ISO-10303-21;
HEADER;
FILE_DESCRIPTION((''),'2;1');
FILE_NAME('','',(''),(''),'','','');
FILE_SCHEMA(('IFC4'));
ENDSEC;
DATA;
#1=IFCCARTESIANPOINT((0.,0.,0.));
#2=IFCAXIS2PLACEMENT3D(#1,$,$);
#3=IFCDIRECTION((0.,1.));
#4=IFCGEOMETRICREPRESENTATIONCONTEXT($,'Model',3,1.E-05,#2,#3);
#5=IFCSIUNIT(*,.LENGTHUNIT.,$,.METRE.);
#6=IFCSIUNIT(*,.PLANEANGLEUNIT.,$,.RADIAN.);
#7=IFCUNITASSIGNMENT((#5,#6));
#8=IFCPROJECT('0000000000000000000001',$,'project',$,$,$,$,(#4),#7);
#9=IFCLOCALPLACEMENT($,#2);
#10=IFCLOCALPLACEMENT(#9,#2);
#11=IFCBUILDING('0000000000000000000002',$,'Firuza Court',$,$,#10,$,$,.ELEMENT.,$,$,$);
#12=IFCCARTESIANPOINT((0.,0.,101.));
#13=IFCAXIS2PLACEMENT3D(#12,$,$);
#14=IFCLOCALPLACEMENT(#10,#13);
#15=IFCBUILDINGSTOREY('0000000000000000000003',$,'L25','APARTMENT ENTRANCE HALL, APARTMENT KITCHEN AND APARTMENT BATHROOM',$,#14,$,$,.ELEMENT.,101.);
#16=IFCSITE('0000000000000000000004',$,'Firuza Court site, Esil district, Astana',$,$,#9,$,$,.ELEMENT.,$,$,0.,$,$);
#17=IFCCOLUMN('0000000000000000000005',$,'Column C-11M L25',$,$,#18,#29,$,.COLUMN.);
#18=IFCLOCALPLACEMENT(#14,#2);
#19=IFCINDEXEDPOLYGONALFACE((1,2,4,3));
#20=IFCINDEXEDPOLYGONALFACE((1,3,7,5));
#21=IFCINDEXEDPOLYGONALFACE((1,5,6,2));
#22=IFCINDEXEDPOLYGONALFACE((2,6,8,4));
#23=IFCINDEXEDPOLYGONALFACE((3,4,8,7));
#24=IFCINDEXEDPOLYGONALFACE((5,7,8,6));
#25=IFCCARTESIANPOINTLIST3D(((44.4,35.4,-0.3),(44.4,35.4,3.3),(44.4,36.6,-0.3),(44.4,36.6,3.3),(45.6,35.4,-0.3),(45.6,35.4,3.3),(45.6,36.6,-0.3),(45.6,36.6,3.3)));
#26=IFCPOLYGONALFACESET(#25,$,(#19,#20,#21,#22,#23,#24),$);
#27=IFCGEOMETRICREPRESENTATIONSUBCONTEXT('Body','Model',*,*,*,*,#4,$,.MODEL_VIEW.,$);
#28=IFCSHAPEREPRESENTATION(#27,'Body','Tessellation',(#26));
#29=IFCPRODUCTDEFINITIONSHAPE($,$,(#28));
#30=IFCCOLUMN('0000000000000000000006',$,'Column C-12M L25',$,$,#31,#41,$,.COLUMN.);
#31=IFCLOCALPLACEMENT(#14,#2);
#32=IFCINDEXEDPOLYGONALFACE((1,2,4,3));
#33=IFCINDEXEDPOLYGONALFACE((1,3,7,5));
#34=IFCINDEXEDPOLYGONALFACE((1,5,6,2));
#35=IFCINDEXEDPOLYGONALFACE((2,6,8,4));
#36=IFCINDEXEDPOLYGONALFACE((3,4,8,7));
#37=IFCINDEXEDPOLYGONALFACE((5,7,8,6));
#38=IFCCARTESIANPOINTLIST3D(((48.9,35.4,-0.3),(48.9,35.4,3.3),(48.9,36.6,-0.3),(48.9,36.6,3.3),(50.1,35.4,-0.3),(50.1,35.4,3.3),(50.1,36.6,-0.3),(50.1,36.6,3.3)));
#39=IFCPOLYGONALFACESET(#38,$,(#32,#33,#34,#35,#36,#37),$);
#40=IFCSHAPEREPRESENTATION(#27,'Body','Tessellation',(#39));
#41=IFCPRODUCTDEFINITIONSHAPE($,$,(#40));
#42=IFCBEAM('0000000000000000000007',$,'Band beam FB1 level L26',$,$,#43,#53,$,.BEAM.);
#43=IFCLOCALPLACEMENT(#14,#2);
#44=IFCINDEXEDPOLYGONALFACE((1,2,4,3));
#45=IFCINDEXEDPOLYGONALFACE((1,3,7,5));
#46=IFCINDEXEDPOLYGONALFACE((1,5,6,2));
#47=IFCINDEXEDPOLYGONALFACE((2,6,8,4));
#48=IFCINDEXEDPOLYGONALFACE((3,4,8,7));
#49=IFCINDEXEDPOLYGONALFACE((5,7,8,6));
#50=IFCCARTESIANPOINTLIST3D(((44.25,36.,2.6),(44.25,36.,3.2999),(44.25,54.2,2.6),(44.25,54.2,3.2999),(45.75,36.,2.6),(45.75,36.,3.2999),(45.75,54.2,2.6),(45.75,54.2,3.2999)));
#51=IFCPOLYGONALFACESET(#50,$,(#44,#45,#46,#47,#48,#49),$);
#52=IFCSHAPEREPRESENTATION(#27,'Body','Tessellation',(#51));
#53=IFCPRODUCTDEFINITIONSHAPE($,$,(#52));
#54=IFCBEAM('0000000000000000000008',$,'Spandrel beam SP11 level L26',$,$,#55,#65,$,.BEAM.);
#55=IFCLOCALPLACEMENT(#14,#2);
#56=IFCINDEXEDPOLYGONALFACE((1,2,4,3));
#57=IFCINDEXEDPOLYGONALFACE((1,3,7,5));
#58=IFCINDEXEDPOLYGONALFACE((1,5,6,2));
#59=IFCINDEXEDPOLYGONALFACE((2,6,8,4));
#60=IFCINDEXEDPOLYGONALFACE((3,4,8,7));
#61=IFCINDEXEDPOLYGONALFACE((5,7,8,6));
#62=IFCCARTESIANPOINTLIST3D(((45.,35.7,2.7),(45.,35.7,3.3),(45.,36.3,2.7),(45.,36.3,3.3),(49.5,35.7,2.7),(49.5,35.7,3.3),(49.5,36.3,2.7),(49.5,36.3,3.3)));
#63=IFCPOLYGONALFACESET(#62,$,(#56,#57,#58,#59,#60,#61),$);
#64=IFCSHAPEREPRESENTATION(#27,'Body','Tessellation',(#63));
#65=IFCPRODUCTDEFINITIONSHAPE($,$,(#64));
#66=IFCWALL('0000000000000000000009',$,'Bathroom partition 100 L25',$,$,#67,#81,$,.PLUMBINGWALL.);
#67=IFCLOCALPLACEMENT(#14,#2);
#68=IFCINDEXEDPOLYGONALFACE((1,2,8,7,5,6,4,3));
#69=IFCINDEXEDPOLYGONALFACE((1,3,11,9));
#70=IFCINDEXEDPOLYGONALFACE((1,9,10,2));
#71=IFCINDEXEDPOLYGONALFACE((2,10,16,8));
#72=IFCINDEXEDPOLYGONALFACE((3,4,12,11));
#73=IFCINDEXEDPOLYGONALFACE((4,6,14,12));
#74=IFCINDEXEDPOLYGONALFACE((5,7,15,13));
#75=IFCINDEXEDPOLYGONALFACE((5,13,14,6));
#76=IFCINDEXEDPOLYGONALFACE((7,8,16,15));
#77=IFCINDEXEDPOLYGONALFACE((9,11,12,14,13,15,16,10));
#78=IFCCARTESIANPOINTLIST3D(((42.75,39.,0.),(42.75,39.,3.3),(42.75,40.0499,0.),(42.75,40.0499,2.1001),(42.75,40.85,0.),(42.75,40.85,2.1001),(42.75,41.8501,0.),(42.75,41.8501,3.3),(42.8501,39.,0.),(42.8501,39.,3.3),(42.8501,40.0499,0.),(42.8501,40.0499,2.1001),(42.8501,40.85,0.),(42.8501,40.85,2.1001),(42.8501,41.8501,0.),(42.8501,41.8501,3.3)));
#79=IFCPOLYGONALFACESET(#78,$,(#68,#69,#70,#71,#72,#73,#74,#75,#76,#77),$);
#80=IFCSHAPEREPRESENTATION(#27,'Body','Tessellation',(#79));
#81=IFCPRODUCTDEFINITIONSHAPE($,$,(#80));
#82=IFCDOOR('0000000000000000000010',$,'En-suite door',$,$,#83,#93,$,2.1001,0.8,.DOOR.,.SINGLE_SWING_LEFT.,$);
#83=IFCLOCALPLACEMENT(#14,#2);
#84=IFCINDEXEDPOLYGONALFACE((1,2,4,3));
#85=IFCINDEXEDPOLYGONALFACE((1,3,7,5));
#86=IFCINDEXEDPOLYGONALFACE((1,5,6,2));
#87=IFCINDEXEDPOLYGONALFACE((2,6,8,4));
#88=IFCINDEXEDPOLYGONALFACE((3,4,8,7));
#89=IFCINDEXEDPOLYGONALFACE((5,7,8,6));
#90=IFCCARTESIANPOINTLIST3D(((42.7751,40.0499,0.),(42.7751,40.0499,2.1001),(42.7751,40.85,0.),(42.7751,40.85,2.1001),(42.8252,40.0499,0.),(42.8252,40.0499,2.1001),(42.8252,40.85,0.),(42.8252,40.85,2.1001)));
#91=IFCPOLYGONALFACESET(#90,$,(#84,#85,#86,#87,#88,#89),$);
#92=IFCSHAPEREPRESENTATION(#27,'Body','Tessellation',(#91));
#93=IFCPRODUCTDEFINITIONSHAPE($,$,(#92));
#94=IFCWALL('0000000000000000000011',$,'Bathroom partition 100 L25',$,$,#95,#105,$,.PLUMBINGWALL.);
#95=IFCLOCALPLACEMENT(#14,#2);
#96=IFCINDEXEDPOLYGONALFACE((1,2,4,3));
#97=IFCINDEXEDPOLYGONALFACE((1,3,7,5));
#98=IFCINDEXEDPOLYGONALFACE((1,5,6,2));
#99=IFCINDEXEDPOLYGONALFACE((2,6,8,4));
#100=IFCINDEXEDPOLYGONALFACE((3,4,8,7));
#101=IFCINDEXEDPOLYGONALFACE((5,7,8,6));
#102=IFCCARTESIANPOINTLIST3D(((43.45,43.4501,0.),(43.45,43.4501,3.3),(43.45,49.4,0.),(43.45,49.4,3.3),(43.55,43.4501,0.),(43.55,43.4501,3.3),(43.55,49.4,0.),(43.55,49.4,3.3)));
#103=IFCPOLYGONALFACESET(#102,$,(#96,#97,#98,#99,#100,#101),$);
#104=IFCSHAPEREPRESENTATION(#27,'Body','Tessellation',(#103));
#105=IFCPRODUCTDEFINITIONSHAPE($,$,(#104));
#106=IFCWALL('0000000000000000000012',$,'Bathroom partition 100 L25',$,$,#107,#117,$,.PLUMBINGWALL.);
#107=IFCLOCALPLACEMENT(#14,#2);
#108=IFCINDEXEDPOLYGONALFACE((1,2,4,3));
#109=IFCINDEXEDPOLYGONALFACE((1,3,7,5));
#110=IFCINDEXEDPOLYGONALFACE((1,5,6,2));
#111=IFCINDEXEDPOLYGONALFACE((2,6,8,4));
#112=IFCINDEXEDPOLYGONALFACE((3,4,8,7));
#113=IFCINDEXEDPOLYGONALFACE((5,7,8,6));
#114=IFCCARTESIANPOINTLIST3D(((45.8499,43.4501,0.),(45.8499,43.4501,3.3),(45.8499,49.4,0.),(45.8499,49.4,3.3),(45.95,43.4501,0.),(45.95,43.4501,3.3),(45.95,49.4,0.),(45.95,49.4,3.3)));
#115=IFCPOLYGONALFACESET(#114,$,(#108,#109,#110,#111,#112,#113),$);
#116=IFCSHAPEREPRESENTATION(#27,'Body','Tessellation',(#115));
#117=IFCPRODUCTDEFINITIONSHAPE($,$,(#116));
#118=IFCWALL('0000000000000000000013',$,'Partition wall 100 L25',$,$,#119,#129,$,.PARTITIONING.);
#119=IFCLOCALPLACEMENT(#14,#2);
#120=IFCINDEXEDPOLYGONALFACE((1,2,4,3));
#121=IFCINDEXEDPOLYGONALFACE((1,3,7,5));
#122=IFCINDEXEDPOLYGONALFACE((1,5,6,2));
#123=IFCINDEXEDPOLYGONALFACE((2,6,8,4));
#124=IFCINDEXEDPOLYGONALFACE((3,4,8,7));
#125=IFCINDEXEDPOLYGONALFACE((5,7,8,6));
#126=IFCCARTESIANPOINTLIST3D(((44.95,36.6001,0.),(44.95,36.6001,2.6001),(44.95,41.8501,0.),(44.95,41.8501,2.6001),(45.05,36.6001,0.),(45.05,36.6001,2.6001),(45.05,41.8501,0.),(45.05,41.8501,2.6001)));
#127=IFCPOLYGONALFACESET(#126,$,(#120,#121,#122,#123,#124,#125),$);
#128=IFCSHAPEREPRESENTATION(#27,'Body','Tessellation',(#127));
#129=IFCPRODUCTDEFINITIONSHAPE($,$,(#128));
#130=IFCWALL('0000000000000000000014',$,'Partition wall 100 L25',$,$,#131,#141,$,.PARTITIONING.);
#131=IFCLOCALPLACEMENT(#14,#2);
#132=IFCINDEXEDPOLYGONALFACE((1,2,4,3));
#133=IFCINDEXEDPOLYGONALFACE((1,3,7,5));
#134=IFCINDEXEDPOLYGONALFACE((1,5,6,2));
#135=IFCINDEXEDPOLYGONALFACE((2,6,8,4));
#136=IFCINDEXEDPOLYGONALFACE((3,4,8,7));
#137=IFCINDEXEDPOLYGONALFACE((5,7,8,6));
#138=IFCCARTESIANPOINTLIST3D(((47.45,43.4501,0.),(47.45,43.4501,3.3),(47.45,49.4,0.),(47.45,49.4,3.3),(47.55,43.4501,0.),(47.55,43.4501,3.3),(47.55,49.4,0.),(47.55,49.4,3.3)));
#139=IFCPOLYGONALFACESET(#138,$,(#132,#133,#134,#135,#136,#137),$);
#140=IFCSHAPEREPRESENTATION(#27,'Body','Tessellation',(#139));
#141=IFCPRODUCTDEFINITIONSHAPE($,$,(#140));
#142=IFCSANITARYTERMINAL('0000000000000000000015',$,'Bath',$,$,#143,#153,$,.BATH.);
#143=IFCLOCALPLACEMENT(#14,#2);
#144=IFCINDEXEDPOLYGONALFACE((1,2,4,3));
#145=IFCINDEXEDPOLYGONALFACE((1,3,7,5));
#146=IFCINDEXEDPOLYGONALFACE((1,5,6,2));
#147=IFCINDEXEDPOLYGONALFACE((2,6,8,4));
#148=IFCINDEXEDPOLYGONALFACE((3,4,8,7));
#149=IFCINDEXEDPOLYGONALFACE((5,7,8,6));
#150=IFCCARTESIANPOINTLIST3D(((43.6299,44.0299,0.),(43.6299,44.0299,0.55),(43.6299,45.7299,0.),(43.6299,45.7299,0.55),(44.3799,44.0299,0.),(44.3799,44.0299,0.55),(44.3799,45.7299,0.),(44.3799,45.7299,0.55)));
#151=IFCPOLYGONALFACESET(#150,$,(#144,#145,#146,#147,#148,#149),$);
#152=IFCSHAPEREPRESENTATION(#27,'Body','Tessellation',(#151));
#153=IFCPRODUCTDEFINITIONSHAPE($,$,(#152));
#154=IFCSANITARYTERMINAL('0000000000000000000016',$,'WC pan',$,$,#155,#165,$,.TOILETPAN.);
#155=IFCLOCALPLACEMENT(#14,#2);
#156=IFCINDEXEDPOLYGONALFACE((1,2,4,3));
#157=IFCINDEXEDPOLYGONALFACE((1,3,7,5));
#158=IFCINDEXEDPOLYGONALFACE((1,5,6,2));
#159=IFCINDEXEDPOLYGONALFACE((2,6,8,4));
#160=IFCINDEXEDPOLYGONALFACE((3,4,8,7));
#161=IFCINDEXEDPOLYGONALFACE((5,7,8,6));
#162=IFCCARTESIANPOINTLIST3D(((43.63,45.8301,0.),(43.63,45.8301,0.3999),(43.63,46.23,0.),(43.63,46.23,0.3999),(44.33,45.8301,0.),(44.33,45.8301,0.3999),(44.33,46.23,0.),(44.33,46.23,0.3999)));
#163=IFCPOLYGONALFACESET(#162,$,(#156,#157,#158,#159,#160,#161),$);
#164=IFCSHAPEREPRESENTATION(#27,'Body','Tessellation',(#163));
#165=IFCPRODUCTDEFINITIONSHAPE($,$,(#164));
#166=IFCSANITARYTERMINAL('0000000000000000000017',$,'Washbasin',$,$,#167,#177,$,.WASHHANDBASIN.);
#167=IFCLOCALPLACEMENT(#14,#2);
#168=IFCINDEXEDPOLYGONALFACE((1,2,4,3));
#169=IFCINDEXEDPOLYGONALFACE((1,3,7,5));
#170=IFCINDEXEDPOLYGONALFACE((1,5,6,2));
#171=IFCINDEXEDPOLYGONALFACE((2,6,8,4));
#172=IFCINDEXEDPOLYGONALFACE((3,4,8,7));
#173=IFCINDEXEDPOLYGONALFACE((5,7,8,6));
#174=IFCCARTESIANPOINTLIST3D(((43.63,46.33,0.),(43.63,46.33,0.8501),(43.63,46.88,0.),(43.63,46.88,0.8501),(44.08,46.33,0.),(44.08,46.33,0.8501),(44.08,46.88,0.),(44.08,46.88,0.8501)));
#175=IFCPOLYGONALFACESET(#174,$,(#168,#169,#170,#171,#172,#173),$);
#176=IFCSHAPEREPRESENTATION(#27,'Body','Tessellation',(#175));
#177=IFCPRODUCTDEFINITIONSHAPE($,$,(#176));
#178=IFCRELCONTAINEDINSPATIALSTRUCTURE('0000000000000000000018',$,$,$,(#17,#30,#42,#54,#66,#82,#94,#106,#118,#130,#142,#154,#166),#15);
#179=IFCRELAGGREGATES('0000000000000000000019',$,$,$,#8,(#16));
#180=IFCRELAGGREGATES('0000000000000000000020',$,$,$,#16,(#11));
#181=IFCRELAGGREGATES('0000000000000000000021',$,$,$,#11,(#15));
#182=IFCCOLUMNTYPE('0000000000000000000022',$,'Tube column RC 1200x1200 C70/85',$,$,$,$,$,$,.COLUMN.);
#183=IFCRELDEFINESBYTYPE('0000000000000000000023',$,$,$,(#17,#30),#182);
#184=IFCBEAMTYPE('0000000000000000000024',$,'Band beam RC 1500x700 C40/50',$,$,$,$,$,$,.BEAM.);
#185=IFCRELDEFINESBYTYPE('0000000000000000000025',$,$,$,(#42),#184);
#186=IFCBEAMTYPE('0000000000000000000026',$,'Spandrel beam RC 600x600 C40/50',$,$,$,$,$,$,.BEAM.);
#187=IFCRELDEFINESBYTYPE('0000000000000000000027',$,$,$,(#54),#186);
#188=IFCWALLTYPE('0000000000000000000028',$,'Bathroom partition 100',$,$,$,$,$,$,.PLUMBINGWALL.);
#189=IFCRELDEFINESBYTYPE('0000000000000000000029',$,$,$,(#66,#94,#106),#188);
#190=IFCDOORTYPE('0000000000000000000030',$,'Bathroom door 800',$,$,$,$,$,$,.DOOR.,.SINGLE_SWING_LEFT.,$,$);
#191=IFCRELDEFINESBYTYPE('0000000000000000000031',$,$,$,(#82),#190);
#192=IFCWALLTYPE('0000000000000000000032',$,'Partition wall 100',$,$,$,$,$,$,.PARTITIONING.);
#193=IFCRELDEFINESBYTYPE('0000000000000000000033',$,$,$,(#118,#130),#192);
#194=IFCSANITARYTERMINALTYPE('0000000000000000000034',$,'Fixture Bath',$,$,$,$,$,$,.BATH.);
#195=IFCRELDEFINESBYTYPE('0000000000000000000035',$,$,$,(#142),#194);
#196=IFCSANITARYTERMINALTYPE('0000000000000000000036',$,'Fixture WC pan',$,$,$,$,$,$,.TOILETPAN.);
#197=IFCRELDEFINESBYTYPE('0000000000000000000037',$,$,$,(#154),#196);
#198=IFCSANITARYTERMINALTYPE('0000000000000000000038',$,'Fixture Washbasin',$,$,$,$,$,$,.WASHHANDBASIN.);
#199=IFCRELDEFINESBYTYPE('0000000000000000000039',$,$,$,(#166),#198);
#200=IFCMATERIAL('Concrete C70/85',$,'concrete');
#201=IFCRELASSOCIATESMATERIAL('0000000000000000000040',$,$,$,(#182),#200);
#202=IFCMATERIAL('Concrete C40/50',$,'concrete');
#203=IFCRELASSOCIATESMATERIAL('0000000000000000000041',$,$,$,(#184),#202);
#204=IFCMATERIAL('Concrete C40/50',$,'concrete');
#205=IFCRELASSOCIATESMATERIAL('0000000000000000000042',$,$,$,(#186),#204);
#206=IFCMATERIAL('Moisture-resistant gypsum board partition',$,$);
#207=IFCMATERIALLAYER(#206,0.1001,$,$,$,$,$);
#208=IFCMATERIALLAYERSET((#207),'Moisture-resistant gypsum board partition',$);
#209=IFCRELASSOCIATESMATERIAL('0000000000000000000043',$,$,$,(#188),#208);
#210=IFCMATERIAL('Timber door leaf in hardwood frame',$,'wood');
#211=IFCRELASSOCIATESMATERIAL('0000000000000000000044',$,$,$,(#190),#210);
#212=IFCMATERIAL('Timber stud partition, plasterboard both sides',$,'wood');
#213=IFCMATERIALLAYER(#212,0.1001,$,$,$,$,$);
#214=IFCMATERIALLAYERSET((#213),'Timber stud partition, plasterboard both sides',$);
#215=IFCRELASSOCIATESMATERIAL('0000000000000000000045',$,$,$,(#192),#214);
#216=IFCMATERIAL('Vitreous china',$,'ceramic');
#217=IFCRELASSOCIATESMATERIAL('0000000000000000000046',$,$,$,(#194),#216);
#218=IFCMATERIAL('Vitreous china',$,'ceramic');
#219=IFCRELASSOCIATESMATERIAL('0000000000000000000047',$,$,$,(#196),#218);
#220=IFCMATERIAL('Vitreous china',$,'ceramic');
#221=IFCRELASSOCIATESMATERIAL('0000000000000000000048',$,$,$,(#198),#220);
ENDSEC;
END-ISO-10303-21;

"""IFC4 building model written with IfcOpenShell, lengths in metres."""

from ifc_helpers import new_model, si_unit, direction, frame, frame_2d, origin, origin_2d, place, context, subcontext, project, spatial, rectangle, extrude, material, layer, layer_set, material_profile, profile_set, type_object, element, fill, save


model = new_model("IFC4")

# Units and contexts
model_context = context("Model", 3, precision=1e-05, world=origin(), true_north=direction((0.0, 1.0)))
body_context = subcontext(model_context, "Body", "Model", "MODEL_VIEW")
ifc_project = project(units=[si_unit("LENGTHUNIT", "METRE"), si_unit("PLANEANGLEUNIT", "RADIAN")], contexts=[model_context])

# Site, building, storey
site_placement = place(None, origin())
site = spatial("IfcSite", under=ifc_project, at=site_placement, Name="Firuza Court site, Esil district, Astana", CompositionType="ELEMENT", RefElevation=0.0)
building_placement = place(site_placement, origin())
building = spatial("IfcBuilding", under=site, at=building_placement, Name="Firuza Court", CompositionType="ELEMENT")
storey_placement = place(building_placement, frame((0.0, 0.0, 101.0)))
storey = spatial("IfcBuildingStorey", under=building, at=storey_placement, Name="L25", Description="APARTMENT ENTRANCE HALL, APARTMENT KITCHEN AND APARTMENT BATHROOM", CompositionType="ELEMENT", Elevation=101.0)

# Columns
ifc_material_1 = material(Name="Concrete C70/85", Category="concrete")
ifc_material_profile_1 = material_profile(ifc_material_1, rectangle(XDim=1.2, YDim=1.2, at=origin_2d()), Name="RC 1200x1200")
ifc_profile_set_1 = profile_set([ifc_material_profile_1], Name="Concrete C70/85")
column_type = type_object("IfcColumnType", Name="Tube column RC 1200x1200 C70/85", PredefinedType="COLUMN", material=ifc_profile_set_1)
for number, where, z_axis, x_axis, name in (
    (1, (45.0, 36.0, -0.3), (0.0, 0.0, 1.0), (1.0, 0.0, 0.0), "Column C-11M L25"),
    (2, (49.5, 36.0, -0.3), (0.0, 0.0, 1.0), (1.0, 0.0, 0.0), "Column C-12M L25"),
):
    element("IfcColumn", number, at=place(storey_placement, frame(where, z_axis=z_axis, x_axis=x_axis)), inside=storey, type_object=column_type, Name=name, PredefinedType="COLUMN", context=body_context, shape_type="SweptSolid", body=[
        extrude(rectangle(XDim=1.2, YDim=1.2, at=origin_2d()), origin(), (0.0, 0.0, 1.0), 3.6001),
    ])

# Beams
ifc_material_2 = material(Name="Concrete C40/50", Category="concrete")
ifc_material_profile_2 = material_profile(ifc_material_2, rectangle(XDim=1.5, YDim=0.7, at=origin_2d()), Name="RC 1500x700")
ifc_profile_set_2 = profile_set([ifc_material_profile_2], Name="Concrete C40/50")
beam_type_1 = type_object("IfcBeamType", Name="Band beam RC 1500x700 C40/50", PredefinedType="BEAM", material=ifc_profile_set_2)
beam_1_placement = place(storey_placement, frame((45.0, 36.0, 2.95), z_axis=(0.0, 1.0, 0.0), x_axis=(-1.0, 0.0, 0.0)))
element("IfcBeam", 3, at=beam_1_placement, inside=storey, type_object=beam_type_1, Name="Band beam FB1 level L26", PredefinedType="BEAM", context=body_context, shape_type="SweptSolid", body=[
    extrude(rectangle(XDim=1.5, YDim=0.7, at=origin_2d()), origin(), (0.0, 0.0, 1.0), 18.2),
])
ifc_material_3 = material(Name="Concrete C40/50", Category="concrete")
ifc_material_profile_3 = material_profile(ifc_material_3, rectangle(XDim=0.6001, YDim=0.6001, at=origin_2d()), Name="RC 600x600")
ifc_profile_set_3 = profile_set([ifc_material_profile_3], Name="Concrete C40/50")
beam_type_2 = type_object("IfcBeamType", Name="Spandrel beam RC 600x600 C40/50", PredefinedType="BEAM", material=ifc_profile_set_3)
beam_2_placement = place(storey_placement, frame((45.0, 36.0, 3.0), z_axis=(1.0, 0.0, 0.0), x_axis=(0.0, 1.0, 0.0)))
element("IfcBeam", 4, at=beam_2_placement, inside=storey, type_object=beam_type_2, Name="Spandrel beam SP11 level L26", PredefinedType="BEAM", context=body_context, shape_type="SweptSolid", body=[
    extrude(rectangle(XDim=0.6001, YDim=0.6001, at=origin_2d()), origin(), (0.0, 0.0, 1.0), 4.5),
])

# Wall, opening, door
ifc_material_4 = material(Name="Moisture-resistant gypsum board partition")
ifc_layer_1 = layer(ifc_material_4, 0.1001)
ifc_layer_set_1 = layer_set([ifc_layer_1], Name="Moisture-resistant gypsum board partition")
wall_type_1 = type_object("IfcWallType", Name="Bathroom partition 100", PredefinedType="PLUMBINGWALL", material=ifc_layer_set_1)
wall_1_placement = place(storey_placement, frame((42.8, 39.0, 0.0), z_axis=(0.0, 0.0, 1.0), x_axis=(0.0, 1.0, 0.0)))
wall_1 = element("IfcWall", 5, at=wall_1_placement, inside=storey, type_object=wall_type_1, Name="Bathroom partition 100 L25", PredefinedType="PLUMBINGWALL", context=body_context, shape_type="SweptSolid", body=[
    extrude(rectangle(XDim=2.8501, YDim=0.1001, at=frame_2d((1.425, 0.0))), origin(), (0.0, 0.0, 1.0), 3.3),
])
opening_placement = place(wall_1_placement, frame((1.05, 0.0, 0.0)))
opening = element("IfcOpeningElement", 6, at=opening_placement, cuts=wall_1, PredefinedType="OPENING", context=body_context, shape_type="SweptSolid", body=[
    extrude(rectangle(XDim=0.8, YDim=2.1001, at=frame_2d((0.3999, 1.05))), frame((0.0, 0.062, 0.0), z_axis=(0.0, -1.0, 0.0), x_axis=(1.0, 0.0, 0.0)), (0.0, 0.0, 1.0), 0.124),
])
ifc_material_5 = material(Name="Timber door leaf in hardwood frame", Category="wood")
door_type = type_object("IfcDoorType", Name="Bathroom door 800", OperationType="SINGLE_SWING_LEFT", PredefinedType="DOOR", material=ifc_material_5)
door_placement = place(opening_placement, origin())
door = element("IfcDoor", 7, at=door_placement, inside=storey, type_object=door_type, Name="En-suite door", OperationType="SINGLE_SWING_LEFT", OverallHeight=2.1001, OverallWidth=0.8, PredefinedType="DOOR", context=body_context, shape_type="SweptSolid", body=[
    extrude(rectangle(XDim=0.8, YDim=2.1001, at=frame_2d((0.3999, 1.05))), frame((0.0, 0.0249, 0.0), z_axis=(0.0, -1.0, 0.0), x_axis=(1.0, 0.0, 0.0)), (0.0, 0.0, 1.0), 0.05),
])
fill(opening, door)

# Walls
for number, where, z_axis, x_axis, name in (
    (8, (43.5, 43.45, 0.0), (0.0, 0.0, 1.0), (0.0, 1.0, 0.0), "Bathroom partition 100 L25"),
    (9, (45.8999, 43.45, 0.0), (0.0, 0.0, 1.0), (0.0, 1.0, 0.0), "Bathroom partition 100 L25"),
):
    element("IfcWall", number, at=place(storey_placement, frame(where, z_axis=z_axis, x_axis=x_axis)), inside=storey, type_object=wall_type_1, Name=name, PredefinedType="PLUMBINGWALL", context=body_context, shape_type="SweptSolid", body=[
        extrude(rectangle(XDim=5.95, YDim=0.1001, at=frame_2d((2.9751, 0.0))), origin(), (0.0, 0.0, 1.0), 3.3),
    ])
ifc_material_6 = material(Name="Timber stud partition, plasterboard both sides", Category="wood")
ifc_layer_2 = layer(ifc_material_6, 0.1001)
ifc_layer_set_2 = layer_set([ifc_layer_2], Name="Timber stud partition, plasterboard both sides")
wall_type_2 = type_object("IfcWallType", Name="Partition wall 100", PredefinedType="PARTITIONING", material=ifc_layer_set_2)
wall_2_placement = place(storey_placement, frame((45.0, 36.6001, 0.0), z_axis=(0.0, 0.0, 1.0), x_axis=(0.0, 1.0, 0.0)))
element("IfcWall", 10, at=wall_2_placement, inside=storey, type_object=wall_type_2, Name="Partition wall 100 L25", PredefinedType="PARTITIONING", context=body_context, shape_type="SweptSolid", body=[
    extrude(rectangle(XDim=5.25, YDim=0.1001, at=frame_2d((2.625, 0.0))), origin(), (0.0, 0.0, 1.0), 2.6001),
])
wall_3_placement = place(storey_placement, frame((47.5, 43.45, 0.0), z_axis=(0.0, 0.0, 1.0), x_axis=(0.0, 1.0, 0.0)))
element("IfcWall", 11, at=wall_3_placement, inside=storey, type_object=wall_type_2, Name="Partition wall 100 L25", PredefinedType="PARTITIONING", context=body_context, shape_type="SweptSolid", body=[
    extrude(rectangle(XDim=5.95, YDim=0.1001, at=frame_2d((2.9751, 0.0))), origin(), (0.0, 0.0, 1.0), 3.3),
])

# Sanitary terminals
ifc_material_7 = material(Name="Vitreous china", Category="ceramic")
sanitary_terminal_type_1 = type_object("IfcSanitaryTerminalType", Name="Fixture Bath", PredefinedType="BATH", material=ifc_material_7)
sanitary_terminal_1_placement = place(storey_placement, frame((44.0049, 44.8799, 0.0), z_axis=(0.0, 0.0, 1.0), x_axis=(1.0, 0.0, 0.0)))
element("IfcSanitaryTerminal", 12, at=sanitary_terminal_1_placement, inside=storey, type_object=sanitary_terminal_type_1, Name="Bath", PredefinedType="BATH", context=body_context, shape_type="SweptSolid", body=[
    extrude(rectangle(XDim=0.75, YDim=1.7, at=origin_2d()), origin(), (0.0, 0.0, 1.0), 0.55),
])
ifc_material_8 = material(Name="Vitreous china", Category="ceramic")
sanitary_terminal_type_2 = type_object("IfcSanitaryTerminalType", Name="Fixture WC pan", PredefinedType="TOILETPAN", material=ifc_material_8)
sanitary_terminal_2_placement = place(storey_placement, frame((43.98, 46.03, 0.0), z_axis=(0.0, 0.0, 1.0), x_axis=(1.0, 0.0, 0.0)))
element("IfcSanitaryTerminal", 13, at=sanitary_terminal_2_placement, inside=storey, type_object=sanitary_terminal_type_2, Name="WC pan", PredefinedType="TOILETPAN", context=body_context, shape_type="SweptSolid", body=[
    extrude(rectangle(XDim=0.7, YDim=0.3999, at=origin_2d()), origin(), (0.0, 0.0, 1.0), 0.3999),
])
ifc_material_9 = material(Name="Vitreous china", Category="ceramic")
sanitary_terminal_type_3 = type_object("IfcSanitaryTerminalType", Name="Fixture Washbasin", PredefinedType="WASHHANDBASIN", material=ifc_material_9)
sanitary_terminal_3_placement = place(storey_placement, frame((43.855, 46.605, 0.0), z_axis=(0.0, 0.0, 1.0), x_axis=(1.0, 0.0, 0.0)))
element("IfcSanitaryTerminal", 14, at=sanitary_terminal_3_placement, inside=storey, type_object=sanitary_terminal_type_3, Name="Washbasin", PredefinedType="WASHHANDBASIN", context=body_context, shape_type="SweptSolid", body=[
    extrude(rectangle(XDim=0.45, YDim=0.55, at=origin_2d()), origin(), (0.0, 0.0, 1.0), 0.8501),
])

save(model, "model.ifc")
